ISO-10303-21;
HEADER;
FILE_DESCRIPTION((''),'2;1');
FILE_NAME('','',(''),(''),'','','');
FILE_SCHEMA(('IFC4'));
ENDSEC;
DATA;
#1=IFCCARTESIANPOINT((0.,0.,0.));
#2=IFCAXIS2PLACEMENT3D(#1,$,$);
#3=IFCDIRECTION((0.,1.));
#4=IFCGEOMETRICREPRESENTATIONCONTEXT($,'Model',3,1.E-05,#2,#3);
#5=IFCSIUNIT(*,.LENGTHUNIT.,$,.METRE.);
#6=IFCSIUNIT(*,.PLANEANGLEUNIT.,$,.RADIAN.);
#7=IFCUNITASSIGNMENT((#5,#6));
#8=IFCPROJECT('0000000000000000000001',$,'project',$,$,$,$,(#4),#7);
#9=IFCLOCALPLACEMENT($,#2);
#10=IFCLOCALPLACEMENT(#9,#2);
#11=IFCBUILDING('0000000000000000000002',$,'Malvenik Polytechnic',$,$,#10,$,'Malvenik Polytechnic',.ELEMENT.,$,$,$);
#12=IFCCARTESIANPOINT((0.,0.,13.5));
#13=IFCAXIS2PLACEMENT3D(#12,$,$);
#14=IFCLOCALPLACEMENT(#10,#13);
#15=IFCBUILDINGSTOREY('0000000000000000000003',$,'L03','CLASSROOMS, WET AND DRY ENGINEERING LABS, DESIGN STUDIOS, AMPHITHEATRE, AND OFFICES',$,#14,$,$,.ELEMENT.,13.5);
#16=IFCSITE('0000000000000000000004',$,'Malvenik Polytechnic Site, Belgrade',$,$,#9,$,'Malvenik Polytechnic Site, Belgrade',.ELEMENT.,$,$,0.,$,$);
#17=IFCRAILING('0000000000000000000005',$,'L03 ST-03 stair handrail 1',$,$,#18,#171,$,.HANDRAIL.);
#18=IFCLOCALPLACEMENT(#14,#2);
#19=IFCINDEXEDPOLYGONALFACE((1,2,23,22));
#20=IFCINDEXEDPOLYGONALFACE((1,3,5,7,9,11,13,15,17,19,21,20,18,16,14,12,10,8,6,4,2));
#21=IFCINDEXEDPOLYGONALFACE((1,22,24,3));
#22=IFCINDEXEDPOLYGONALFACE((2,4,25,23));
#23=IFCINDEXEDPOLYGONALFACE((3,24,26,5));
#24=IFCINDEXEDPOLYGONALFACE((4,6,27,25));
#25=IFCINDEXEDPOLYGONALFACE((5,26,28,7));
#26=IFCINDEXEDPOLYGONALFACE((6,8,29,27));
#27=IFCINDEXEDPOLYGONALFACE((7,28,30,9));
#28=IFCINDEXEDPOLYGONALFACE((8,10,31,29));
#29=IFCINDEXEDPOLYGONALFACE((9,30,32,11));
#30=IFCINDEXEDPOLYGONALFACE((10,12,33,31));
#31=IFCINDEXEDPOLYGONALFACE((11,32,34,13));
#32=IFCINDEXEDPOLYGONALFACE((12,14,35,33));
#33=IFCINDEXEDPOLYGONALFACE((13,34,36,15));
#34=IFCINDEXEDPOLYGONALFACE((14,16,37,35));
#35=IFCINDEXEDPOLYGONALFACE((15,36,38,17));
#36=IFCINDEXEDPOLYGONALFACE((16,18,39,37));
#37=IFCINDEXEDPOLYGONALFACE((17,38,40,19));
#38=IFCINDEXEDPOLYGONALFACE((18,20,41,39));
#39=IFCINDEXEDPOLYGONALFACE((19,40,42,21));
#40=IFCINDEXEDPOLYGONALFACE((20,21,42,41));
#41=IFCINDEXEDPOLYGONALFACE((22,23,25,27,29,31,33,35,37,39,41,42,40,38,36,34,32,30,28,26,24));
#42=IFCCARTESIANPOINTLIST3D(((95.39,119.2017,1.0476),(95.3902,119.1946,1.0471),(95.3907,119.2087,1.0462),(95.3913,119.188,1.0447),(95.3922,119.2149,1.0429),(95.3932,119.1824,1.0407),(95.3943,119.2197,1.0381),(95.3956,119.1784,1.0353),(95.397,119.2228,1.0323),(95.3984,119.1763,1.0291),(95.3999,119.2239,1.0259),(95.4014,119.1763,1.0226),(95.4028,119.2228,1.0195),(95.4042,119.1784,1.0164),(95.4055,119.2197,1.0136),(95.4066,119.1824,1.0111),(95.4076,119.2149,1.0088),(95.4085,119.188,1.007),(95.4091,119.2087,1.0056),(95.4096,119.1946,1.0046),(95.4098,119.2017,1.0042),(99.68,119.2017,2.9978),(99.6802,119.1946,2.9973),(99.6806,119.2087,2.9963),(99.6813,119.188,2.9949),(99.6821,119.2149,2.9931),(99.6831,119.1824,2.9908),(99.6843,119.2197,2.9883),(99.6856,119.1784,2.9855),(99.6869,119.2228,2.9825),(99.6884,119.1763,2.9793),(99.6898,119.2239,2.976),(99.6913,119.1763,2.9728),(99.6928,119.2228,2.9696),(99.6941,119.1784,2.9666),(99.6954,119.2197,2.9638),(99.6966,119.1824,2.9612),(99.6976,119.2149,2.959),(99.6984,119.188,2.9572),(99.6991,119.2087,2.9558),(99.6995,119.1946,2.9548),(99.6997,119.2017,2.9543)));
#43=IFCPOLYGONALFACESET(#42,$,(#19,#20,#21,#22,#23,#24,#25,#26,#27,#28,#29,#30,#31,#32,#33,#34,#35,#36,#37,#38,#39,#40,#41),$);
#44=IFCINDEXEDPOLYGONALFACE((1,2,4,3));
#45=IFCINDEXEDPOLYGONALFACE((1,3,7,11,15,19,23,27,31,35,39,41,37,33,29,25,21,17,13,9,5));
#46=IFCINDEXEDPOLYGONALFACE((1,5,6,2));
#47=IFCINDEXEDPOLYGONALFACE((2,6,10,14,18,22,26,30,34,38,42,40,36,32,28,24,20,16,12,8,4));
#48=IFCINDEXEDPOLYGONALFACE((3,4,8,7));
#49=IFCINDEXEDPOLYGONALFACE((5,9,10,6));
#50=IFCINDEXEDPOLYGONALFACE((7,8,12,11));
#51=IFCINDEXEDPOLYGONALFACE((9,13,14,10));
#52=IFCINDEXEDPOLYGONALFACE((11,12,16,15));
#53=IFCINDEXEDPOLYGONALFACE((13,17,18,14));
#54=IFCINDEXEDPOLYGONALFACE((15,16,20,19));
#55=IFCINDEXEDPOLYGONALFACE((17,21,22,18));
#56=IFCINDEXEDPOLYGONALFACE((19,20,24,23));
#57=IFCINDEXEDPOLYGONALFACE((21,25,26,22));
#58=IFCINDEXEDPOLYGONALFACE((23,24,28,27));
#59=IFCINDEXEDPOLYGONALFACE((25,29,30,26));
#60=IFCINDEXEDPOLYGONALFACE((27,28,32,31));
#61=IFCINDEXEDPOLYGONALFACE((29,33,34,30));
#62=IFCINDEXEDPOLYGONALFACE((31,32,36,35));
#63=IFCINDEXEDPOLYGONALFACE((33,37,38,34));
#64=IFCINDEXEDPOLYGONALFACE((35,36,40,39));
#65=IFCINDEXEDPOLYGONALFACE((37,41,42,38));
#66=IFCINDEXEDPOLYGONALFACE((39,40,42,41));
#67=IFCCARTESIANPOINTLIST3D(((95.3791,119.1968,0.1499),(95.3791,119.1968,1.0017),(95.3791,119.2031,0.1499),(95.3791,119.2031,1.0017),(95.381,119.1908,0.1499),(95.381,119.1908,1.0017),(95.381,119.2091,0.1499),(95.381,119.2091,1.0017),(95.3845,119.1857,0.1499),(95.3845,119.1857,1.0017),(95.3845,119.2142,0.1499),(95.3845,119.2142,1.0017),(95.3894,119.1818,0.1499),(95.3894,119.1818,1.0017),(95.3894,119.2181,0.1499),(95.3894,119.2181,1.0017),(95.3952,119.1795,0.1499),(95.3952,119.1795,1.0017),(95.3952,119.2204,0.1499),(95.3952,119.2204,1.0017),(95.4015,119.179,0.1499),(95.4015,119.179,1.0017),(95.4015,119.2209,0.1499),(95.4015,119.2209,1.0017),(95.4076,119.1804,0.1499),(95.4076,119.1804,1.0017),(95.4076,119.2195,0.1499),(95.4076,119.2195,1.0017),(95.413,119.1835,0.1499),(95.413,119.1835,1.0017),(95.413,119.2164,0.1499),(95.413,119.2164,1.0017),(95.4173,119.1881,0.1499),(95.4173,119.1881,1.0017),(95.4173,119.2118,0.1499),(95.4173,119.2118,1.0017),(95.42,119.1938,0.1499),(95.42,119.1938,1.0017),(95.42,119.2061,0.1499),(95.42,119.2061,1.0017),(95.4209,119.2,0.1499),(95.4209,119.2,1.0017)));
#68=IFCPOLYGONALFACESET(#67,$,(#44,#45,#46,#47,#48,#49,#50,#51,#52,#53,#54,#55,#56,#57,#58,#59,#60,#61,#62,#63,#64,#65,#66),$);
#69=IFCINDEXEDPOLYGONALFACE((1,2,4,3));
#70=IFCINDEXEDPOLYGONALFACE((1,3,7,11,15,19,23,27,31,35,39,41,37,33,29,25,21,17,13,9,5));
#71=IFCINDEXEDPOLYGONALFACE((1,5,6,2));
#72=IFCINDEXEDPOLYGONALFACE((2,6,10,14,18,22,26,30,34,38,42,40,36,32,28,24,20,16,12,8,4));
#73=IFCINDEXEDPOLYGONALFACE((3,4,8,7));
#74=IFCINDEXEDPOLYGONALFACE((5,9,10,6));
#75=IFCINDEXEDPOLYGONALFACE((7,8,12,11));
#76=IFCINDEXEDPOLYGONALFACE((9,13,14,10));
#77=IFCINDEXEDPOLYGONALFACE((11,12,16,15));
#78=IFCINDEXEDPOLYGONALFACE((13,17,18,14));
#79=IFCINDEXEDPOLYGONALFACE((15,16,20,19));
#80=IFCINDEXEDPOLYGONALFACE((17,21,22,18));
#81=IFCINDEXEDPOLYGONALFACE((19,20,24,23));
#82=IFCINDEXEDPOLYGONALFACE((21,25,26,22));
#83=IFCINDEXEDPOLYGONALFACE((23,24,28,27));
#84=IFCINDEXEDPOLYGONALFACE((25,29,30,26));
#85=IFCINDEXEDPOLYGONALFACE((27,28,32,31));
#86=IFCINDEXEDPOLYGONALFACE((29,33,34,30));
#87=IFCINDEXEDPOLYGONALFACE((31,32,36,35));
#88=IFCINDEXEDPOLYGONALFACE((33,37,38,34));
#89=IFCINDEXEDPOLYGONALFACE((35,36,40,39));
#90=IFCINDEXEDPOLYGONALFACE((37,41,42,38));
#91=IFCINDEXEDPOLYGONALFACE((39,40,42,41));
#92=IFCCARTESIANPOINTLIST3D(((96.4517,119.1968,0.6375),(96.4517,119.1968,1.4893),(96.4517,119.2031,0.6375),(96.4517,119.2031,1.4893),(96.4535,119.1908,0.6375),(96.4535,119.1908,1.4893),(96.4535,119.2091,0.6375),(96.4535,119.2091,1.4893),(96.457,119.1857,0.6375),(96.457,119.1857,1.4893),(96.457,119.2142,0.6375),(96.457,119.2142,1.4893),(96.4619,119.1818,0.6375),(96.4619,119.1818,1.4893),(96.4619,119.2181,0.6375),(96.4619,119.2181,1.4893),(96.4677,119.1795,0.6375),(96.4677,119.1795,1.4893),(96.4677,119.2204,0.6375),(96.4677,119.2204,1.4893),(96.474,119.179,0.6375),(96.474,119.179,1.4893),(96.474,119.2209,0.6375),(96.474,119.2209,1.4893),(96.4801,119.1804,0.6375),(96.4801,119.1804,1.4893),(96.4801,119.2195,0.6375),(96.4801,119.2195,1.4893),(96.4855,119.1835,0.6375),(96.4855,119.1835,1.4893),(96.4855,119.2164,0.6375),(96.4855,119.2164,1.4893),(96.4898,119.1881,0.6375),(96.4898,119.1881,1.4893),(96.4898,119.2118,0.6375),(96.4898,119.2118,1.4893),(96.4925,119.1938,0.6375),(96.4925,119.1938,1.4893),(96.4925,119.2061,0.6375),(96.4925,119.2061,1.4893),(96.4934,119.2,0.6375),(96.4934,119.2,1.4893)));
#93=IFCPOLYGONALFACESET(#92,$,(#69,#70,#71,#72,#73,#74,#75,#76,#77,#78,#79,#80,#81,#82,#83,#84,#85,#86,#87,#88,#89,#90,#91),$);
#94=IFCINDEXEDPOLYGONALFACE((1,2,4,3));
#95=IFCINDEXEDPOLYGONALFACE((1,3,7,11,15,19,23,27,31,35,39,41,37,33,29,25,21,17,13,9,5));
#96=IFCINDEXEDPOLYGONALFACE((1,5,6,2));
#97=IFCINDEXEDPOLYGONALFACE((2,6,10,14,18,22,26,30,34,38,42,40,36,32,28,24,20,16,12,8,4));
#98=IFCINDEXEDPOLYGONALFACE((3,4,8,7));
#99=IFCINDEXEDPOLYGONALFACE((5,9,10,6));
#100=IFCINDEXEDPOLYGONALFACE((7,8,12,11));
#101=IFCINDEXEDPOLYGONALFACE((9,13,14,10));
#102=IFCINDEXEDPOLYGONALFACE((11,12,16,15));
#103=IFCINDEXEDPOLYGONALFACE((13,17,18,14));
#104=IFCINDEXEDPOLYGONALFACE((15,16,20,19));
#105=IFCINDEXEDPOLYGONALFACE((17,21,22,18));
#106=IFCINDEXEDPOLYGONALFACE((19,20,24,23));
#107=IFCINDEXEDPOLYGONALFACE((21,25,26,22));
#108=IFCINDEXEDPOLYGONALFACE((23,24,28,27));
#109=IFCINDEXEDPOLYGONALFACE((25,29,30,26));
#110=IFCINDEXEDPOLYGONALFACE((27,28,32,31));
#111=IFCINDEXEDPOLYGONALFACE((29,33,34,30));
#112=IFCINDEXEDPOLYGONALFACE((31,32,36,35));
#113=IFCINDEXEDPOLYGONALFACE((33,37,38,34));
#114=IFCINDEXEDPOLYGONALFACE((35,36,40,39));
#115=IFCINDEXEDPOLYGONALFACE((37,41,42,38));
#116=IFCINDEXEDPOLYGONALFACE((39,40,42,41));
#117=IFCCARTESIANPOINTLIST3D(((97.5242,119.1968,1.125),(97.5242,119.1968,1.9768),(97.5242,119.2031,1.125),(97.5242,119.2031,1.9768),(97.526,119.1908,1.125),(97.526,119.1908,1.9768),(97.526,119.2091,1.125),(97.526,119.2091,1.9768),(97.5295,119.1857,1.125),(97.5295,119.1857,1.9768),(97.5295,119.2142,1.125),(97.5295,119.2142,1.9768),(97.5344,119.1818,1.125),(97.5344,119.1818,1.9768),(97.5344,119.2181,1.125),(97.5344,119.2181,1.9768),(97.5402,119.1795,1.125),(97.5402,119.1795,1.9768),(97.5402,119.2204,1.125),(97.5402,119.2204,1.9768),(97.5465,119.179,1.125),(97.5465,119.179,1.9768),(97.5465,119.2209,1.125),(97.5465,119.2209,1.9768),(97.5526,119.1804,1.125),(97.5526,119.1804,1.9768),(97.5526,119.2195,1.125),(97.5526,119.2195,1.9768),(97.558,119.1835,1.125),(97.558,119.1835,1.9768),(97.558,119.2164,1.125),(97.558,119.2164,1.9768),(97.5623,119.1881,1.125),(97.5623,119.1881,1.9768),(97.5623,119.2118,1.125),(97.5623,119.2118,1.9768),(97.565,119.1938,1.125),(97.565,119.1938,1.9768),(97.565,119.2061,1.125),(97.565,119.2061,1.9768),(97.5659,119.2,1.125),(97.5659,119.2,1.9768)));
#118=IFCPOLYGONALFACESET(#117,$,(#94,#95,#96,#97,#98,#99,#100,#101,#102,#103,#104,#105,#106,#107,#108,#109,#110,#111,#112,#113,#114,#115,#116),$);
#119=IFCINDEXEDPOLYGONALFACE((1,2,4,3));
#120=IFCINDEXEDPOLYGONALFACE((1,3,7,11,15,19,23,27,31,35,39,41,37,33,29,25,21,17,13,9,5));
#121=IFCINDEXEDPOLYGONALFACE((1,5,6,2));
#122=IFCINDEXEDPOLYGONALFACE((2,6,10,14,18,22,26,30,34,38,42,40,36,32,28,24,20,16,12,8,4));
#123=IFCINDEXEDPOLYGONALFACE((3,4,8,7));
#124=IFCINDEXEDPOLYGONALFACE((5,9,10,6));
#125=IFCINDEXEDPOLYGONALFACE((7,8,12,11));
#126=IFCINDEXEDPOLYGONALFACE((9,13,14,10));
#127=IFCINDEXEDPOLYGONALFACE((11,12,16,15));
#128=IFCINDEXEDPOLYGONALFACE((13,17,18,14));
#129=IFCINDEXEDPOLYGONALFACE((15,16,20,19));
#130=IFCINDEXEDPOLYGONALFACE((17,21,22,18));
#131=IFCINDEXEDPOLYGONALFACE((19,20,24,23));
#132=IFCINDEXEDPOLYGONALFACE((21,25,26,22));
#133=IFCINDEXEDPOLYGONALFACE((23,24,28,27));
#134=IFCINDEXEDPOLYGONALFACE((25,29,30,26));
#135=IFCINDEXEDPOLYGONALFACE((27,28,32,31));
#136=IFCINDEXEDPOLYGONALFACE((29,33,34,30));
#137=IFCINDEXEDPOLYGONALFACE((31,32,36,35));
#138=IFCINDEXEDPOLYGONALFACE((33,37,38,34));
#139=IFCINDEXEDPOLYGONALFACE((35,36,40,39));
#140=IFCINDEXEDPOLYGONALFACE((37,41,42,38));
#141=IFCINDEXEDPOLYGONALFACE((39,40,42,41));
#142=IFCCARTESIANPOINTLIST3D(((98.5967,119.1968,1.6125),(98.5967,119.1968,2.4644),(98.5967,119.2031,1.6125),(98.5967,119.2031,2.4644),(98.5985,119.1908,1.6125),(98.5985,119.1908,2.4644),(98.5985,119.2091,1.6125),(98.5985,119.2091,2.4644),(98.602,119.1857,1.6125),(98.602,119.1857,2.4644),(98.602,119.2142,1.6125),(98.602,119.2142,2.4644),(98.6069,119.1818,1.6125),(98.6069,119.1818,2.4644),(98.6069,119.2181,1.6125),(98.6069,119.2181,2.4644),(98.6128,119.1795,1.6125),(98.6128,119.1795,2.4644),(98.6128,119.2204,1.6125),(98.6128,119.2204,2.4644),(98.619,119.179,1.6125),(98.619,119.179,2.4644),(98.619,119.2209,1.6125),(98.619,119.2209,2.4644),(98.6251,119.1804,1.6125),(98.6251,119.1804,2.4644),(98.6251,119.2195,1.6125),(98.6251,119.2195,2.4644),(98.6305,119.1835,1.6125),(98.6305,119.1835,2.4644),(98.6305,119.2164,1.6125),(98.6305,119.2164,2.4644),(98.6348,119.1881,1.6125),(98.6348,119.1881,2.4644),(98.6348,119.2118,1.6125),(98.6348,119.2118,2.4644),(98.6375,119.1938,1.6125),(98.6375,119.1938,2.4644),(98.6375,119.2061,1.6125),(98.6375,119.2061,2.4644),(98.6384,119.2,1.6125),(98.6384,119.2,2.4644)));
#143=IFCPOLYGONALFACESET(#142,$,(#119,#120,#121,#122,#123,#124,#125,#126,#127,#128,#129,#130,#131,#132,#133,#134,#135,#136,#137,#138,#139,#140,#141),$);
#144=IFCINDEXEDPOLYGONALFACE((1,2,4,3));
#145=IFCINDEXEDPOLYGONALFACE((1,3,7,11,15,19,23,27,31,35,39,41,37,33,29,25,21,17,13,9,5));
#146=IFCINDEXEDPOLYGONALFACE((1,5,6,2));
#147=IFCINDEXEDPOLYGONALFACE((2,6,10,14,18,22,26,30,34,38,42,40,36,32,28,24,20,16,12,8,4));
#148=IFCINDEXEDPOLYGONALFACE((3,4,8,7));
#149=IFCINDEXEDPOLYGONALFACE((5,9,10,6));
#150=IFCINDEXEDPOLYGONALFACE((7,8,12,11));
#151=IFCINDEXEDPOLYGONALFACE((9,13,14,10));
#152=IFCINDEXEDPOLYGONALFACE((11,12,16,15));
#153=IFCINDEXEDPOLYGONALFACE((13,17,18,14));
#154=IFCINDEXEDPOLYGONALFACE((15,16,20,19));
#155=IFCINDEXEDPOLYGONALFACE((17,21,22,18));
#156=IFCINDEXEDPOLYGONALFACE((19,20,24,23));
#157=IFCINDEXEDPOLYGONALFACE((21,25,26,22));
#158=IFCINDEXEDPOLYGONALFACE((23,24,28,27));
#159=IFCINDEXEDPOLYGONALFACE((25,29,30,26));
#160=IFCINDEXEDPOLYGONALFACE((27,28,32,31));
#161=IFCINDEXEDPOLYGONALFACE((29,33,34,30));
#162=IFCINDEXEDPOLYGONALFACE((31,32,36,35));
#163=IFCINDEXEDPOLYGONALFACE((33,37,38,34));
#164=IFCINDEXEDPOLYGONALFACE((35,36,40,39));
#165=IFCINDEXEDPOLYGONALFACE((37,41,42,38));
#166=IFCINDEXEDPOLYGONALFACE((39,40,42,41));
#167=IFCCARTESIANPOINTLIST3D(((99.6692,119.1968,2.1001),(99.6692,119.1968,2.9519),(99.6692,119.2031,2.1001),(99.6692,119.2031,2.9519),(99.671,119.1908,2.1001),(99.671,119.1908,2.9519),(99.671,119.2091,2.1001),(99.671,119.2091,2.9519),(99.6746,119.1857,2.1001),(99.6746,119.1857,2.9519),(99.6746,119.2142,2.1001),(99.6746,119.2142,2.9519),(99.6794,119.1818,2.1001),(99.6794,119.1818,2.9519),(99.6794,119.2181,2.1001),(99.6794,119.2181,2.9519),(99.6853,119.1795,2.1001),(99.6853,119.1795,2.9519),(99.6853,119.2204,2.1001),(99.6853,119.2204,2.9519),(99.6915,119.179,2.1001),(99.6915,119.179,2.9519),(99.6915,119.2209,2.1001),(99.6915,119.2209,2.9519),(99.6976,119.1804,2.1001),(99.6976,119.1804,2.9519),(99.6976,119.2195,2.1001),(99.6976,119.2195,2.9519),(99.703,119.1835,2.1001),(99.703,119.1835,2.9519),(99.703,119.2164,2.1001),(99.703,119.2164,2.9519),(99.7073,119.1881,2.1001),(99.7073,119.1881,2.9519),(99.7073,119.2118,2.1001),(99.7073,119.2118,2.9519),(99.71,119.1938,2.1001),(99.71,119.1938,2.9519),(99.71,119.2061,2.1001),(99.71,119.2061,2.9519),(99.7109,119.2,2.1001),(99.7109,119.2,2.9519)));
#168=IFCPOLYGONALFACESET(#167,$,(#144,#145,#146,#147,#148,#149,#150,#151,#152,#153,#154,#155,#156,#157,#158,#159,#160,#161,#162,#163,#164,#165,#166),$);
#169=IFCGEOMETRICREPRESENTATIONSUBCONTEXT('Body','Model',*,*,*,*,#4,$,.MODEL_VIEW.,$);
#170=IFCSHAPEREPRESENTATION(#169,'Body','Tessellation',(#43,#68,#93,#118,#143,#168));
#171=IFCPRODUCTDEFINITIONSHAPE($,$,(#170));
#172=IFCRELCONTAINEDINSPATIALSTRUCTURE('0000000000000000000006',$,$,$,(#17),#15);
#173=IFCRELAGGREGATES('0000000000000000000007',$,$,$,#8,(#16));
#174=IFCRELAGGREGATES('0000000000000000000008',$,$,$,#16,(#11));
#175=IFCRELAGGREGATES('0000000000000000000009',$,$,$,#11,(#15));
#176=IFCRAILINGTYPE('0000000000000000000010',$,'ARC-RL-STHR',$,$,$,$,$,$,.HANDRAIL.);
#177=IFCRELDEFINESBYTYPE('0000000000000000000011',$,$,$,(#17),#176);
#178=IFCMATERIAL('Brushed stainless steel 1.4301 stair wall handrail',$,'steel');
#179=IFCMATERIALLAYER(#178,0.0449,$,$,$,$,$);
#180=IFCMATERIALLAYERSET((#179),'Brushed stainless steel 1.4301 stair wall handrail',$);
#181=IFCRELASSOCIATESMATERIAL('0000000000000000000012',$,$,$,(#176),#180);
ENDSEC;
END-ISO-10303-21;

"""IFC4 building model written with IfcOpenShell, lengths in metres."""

from ifc_helpers import new_model, si_unit, direction, frame, origin, origin_2d, place, context, subcontext, project, spatial, circle, extrude, material, layer, layer_set, type_object, element, save


model = new_model("IFC4")

# Units and contexts
model_context = context("Model", 3, precision=1e-05, world=origin(), true_north=direction((0.0, 1.0)))
body_context = subcontext(model_context, "Body", "Model", "MODEL_VIEW")
ifc_project = project(units=[si_unit("LENGTHUNIT", "METRE"), si_unit("PLANEANGLEUNIT", "RADIAN")], contexts=[model_context])

# Site, building, storey
site_placement = place(None, origin())
site = spatial("IfcSite", under=ifc_project, at=site_placement, Name="Malvenik Polytechnic Site, Belgrade", LongName="Malvenik Polytechnic Site, Belgrade", CompositionType="ELEMENT", RefElevation=0.0)
building_placement = place(site_placement, origin())
building = spatial("IfcBuilding", under=site, at=building_placement, Name="Malvenik Polytechnic", LongName="Malvenik Polytechnic", CompositionType="ELEMENT")
storey_placement = place(building_placement, frame((0.0, 0.0, 13.5)))
storey = spatial("IfcBuildingStorey", under=building, at=storey_placement, Name="L03", Description="CLASSROOMS, WET AND DRY ENGINEERING LABS, DESIGN STUDIOS, AMPHITHEATRE, AND OFFICES", CompositionType="ELEMENT", Elevation=13.5)

# Railing
ifc_material_1 = material(Name="Brushed stainless steel 1.4301 stair wall handrail", Category="steel")
ifc_layer_1 = layer(ifc_material_1, 0.0449)
ifc_layer_set_1 = layer_set([ifc_layer_1], Name="Brushed stainless steel 1.4301 stair wall handrail")
railing_type_1 = type_object("IfcRailingType", Name="ARC-RL-STHR", PredefinedType="HANDRAIL", material=ifc_layer_set_1)
railing_1_placement = place(storey_placement, frame((95.3999, 119.2, 0.1499)))
element("IfcRailing", 1, at=railing_1_placement, inside=storey, type_object=railing_type_1, Name="L03 ST-03 stair handrail 1", PredefinedType="HANDRAIL", context=body_context, shape_type="SweptSolid", body=[
    extrude(circle(Radius=0.0239, at=origin_2d()), frame((0.0, 0.0, 0.876), z_axis=(0.910352, 0.0, 0.413834), x_axis=(0.0, 1.0, 0.0)), (0.0, 0.0, 1.0), 4.7124),
    extrude(circle(Radius=0.021, at=origin_2d()), origin(), (0.0, 0.0, 1.0), 0.8518),
    extrude(circle(Radius=0.021, at=origin_2d()), frame((1.0725, 0.0, 0.4875)), (0.0, 0.0, 1.0), 0.8518),
    extrude(circle(Radius=0.021, at=origin_2d()), frame((2.145, 0.0, 0.9751)), (0.0, 0.0, 1.0), 0.8518),
    extrude(circle(Radius=0.021, at=origin_2d()), frame((3.2175, 0.0, 1.4626)), (0.0, 0.0, 1.0), 0.8518),
    extrude(circle(Radius=0.021, at=origin_2d()), frame((4.29, 0.0, 1.9502)), (0.0, 0.0, 1.0), 0.8518),
])

save(model, "model.ifc")
